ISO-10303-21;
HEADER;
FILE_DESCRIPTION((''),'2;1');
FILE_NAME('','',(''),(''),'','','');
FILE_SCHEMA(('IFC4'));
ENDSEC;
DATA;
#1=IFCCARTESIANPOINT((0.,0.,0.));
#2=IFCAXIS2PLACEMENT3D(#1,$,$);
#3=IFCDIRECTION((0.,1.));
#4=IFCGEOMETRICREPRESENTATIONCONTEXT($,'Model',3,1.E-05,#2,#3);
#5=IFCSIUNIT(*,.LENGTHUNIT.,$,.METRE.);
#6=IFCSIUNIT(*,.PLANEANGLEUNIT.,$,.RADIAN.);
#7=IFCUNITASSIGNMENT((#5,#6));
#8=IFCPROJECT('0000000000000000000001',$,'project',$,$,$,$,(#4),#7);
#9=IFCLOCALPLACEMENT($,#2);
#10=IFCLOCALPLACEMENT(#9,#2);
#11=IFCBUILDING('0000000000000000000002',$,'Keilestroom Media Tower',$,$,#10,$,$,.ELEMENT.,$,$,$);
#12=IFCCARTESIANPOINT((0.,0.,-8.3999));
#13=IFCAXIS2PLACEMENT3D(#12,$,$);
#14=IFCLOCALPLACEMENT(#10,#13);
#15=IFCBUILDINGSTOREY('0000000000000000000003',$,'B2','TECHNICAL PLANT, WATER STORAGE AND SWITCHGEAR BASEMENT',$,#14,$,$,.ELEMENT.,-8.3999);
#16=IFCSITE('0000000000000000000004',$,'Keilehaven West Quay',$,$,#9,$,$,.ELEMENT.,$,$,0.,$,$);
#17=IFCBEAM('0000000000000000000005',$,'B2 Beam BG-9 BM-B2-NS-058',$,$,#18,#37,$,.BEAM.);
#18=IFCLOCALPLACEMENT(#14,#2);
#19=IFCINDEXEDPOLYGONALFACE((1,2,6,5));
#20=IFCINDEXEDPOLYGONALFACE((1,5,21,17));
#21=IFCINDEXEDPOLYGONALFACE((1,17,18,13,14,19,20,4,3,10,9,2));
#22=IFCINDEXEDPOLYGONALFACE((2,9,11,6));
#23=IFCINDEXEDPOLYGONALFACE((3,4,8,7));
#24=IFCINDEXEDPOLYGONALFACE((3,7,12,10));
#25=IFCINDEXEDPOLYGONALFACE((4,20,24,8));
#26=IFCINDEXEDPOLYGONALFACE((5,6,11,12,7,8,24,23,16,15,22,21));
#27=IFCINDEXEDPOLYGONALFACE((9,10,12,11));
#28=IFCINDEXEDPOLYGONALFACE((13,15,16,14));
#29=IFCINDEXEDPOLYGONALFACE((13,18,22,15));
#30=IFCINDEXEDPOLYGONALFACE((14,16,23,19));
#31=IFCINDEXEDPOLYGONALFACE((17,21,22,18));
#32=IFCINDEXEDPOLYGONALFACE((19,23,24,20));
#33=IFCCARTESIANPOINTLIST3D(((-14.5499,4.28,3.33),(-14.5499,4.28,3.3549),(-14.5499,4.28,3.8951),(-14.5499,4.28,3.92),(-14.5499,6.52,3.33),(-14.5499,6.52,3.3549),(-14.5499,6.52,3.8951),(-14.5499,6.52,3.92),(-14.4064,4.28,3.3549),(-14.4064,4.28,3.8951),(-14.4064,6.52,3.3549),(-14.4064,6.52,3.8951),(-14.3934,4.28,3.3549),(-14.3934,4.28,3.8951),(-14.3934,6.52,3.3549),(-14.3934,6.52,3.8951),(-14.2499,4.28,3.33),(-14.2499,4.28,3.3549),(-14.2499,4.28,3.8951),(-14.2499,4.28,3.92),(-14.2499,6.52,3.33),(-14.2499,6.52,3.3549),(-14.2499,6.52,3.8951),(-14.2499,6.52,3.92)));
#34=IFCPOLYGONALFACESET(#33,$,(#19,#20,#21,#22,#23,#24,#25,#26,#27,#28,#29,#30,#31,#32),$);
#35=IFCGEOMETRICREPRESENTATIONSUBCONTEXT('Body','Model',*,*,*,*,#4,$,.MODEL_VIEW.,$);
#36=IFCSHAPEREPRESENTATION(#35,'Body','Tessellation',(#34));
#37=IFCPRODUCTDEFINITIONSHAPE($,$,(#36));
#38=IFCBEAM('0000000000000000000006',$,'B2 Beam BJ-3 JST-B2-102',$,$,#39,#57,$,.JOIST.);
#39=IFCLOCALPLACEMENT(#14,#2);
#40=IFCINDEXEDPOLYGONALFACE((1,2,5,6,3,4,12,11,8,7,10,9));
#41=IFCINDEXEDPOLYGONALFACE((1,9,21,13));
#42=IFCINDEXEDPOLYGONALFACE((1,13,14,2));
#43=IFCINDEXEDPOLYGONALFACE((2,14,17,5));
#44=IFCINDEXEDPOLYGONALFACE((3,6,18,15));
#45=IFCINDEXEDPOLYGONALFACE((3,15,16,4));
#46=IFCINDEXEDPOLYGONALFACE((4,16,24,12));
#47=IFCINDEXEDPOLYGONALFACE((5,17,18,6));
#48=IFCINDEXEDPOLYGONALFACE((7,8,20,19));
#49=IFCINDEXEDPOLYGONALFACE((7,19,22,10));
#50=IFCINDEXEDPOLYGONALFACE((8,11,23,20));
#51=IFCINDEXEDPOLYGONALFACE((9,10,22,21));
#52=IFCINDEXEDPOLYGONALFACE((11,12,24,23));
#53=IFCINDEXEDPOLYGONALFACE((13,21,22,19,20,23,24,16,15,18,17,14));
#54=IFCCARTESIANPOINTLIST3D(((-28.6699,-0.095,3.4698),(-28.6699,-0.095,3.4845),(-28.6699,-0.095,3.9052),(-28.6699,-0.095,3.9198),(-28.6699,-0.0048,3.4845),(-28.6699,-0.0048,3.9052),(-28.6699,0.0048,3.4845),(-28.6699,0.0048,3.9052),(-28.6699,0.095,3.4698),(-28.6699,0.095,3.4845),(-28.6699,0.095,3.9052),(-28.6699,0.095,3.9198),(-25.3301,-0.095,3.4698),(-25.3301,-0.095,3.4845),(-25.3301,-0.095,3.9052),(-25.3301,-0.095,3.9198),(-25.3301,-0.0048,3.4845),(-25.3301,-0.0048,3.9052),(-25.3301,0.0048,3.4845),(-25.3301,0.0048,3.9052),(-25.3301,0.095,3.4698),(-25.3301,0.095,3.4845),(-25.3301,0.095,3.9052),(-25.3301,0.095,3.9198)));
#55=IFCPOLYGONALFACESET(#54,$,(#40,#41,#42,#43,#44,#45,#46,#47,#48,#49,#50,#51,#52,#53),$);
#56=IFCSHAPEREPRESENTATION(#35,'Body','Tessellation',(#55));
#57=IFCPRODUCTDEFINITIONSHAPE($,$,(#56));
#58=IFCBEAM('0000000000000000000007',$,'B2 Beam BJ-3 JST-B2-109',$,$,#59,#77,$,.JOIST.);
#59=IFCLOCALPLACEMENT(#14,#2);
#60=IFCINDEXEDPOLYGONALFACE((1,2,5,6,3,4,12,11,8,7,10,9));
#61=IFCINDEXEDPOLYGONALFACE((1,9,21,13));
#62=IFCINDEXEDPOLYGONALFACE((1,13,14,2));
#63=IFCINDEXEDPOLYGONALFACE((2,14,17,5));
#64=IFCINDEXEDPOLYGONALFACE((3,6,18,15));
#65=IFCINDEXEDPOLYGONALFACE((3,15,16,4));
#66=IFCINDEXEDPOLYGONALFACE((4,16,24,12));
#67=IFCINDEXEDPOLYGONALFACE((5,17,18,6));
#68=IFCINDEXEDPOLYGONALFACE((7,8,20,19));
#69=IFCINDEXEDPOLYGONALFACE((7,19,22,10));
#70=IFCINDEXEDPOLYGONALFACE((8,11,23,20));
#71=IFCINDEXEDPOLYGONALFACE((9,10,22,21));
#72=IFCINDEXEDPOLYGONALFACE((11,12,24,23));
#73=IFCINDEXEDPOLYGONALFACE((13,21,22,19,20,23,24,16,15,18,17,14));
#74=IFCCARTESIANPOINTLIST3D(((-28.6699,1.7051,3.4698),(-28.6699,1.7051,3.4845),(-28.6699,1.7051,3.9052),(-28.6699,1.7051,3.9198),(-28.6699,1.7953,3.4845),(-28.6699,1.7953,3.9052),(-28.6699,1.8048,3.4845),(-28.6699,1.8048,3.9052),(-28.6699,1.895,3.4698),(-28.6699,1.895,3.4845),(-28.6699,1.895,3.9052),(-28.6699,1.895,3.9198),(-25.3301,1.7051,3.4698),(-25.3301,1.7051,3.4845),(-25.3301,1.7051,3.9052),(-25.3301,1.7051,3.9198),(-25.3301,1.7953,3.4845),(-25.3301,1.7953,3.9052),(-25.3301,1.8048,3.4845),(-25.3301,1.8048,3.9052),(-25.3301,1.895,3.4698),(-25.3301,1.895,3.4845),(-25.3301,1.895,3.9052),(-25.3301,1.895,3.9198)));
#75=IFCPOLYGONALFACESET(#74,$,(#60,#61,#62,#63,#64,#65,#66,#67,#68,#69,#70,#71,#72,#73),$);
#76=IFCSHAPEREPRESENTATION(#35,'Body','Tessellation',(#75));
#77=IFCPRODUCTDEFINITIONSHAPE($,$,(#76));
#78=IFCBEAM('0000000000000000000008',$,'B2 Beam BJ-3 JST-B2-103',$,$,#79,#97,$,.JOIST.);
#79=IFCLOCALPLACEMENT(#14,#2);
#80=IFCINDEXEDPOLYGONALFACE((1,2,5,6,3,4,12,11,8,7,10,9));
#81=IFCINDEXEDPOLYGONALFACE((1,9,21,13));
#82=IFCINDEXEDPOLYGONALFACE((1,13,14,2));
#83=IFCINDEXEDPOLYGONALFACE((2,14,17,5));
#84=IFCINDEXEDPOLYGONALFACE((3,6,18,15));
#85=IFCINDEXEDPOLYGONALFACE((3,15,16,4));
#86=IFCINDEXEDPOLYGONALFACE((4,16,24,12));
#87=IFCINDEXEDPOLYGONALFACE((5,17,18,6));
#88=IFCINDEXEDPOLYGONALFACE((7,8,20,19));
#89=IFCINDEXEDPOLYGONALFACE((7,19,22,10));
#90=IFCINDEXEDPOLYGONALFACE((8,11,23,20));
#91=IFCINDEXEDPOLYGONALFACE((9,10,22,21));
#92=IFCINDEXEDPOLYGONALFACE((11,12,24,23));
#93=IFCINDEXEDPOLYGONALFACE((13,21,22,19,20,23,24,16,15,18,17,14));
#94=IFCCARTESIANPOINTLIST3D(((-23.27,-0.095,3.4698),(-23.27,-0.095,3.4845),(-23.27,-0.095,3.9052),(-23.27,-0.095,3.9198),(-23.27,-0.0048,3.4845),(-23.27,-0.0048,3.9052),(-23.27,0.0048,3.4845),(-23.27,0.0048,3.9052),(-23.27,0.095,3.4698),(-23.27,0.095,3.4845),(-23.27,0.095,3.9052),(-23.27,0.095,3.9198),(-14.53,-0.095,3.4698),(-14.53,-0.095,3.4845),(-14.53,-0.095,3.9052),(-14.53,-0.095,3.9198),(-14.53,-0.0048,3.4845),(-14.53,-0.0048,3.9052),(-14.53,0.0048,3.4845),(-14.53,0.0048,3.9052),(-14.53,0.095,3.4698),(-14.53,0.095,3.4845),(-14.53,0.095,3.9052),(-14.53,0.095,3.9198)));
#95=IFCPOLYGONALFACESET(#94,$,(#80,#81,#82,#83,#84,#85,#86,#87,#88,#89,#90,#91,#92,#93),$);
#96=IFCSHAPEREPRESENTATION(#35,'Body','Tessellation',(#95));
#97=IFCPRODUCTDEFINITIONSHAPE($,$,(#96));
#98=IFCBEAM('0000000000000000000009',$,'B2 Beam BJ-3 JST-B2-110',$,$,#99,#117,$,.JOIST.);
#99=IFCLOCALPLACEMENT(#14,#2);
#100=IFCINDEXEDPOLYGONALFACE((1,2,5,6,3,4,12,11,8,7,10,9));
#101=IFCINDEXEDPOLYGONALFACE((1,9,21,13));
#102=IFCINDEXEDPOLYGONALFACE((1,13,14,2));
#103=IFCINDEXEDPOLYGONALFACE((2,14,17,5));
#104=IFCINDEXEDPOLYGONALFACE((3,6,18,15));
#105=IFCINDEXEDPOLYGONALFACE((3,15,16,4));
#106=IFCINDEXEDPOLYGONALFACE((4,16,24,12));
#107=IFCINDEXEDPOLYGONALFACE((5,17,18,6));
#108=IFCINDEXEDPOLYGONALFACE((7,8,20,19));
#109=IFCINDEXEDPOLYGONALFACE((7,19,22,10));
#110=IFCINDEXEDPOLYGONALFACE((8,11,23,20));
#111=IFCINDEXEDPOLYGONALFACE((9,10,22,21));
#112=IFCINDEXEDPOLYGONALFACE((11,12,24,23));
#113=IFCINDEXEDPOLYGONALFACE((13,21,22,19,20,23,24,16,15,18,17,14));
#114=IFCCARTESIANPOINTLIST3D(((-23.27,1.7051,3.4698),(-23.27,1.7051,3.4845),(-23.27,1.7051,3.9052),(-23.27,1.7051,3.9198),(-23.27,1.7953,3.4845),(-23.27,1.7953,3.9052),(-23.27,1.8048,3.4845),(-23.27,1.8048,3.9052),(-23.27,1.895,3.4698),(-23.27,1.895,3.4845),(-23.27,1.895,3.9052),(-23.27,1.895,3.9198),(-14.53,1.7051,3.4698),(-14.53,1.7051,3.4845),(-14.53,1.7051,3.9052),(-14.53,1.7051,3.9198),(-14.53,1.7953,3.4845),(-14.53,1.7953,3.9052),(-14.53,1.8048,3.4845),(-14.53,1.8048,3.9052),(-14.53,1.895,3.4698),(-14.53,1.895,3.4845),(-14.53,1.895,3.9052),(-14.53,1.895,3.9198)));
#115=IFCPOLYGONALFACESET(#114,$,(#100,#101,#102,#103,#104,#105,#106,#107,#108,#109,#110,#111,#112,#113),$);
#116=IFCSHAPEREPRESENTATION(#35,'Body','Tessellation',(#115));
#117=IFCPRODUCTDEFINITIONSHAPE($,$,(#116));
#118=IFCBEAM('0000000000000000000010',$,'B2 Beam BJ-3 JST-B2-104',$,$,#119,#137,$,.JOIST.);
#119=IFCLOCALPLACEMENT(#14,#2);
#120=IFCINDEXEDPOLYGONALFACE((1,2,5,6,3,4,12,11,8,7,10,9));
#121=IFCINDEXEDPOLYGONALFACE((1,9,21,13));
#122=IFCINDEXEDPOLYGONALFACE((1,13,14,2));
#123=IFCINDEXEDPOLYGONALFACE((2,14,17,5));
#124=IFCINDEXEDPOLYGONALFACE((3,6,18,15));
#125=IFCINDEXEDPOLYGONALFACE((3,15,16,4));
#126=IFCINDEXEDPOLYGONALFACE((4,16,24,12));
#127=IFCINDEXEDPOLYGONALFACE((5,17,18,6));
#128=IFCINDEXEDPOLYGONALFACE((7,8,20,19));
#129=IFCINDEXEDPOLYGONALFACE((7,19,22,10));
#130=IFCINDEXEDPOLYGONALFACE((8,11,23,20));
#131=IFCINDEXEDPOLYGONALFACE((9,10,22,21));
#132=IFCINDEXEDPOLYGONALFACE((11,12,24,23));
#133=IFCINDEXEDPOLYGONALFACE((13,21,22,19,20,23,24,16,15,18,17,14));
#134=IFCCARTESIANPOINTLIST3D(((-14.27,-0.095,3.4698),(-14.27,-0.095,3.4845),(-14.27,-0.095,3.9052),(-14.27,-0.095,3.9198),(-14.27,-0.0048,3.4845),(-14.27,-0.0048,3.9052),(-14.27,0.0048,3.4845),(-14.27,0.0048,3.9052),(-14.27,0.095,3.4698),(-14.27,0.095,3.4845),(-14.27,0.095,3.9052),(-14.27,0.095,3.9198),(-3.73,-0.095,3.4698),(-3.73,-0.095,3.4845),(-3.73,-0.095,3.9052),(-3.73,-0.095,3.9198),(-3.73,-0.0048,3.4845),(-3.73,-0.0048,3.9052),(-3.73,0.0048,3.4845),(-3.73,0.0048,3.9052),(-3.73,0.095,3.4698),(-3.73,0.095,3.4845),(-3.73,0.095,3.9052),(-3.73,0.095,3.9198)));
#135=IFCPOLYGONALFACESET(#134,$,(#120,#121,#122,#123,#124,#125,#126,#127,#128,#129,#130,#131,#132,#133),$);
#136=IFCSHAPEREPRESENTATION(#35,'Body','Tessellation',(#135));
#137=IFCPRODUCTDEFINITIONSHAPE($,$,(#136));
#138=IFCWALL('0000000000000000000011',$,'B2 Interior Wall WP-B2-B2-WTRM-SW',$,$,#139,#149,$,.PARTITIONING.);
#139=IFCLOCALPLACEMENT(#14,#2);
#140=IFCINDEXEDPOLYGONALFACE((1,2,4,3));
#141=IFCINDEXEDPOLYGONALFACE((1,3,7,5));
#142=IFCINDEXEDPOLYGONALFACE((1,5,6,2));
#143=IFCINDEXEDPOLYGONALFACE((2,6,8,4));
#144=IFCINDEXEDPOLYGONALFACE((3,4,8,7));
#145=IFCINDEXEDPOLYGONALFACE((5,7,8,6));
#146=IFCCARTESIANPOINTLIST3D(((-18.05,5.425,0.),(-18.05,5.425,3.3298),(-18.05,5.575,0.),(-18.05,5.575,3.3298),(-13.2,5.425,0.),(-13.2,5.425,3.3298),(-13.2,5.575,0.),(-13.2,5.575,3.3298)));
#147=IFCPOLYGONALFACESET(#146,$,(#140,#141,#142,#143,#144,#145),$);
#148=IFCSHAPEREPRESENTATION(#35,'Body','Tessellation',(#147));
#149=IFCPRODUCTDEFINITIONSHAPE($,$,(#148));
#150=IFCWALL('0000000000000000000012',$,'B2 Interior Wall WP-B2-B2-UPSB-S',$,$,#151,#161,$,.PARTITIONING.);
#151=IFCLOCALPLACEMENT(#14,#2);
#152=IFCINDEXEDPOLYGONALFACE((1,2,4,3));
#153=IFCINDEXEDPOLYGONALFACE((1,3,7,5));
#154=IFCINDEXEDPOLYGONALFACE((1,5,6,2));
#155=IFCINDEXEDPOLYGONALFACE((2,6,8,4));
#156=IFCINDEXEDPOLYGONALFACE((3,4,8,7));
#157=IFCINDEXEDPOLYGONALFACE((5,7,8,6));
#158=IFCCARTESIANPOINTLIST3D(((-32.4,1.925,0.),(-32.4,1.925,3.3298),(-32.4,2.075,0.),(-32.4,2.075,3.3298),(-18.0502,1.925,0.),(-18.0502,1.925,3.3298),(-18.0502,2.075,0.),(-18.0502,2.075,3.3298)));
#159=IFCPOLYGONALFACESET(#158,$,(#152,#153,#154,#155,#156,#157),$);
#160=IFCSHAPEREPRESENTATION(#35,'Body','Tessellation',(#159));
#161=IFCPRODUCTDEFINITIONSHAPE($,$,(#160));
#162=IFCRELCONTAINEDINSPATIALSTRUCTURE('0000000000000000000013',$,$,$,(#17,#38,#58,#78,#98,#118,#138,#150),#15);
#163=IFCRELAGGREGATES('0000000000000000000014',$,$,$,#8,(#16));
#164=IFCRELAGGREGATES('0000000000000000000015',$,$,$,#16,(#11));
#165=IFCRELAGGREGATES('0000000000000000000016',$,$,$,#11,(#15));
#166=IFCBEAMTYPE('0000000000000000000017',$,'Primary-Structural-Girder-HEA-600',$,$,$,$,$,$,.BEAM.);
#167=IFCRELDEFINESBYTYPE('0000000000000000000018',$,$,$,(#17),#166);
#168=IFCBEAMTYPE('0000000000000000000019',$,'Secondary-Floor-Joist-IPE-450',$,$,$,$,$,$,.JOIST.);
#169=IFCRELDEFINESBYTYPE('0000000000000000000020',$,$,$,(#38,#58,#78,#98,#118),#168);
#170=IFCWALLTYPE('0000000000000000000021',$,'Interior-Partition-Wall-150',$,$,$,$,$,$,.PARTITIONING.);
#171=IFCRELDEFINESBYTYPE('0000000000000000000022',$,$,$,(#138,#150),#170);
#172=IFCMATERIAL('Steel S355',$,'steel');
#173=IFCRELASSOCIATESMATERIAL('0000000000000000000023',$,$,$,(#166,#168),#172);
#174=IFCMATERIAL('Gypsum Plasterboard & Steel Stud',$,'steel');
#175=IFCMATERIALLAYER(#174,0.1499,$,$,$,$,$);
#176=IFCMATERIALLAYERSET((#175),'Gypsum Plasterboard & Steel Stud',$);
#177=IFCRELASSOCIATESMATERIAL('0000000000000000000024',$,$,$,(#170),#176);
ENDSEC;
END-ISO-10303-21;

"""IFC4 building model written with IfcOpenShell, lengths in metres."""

from ifc_helpers import new_model, si_unit, direction, frame, frame_2d, origin, origin_2d, place, context, subcontext, project, spatial, rectangle, i_section, extrude, source, transform, mapped, material, layer, layer_set, material_profile, profile_set, type_object, element, save


model = new_model("IFC4")

# Units and contexts
model_context = context("Model", 3, precision=1e-05, world=origin(), true_north=direction((0.0, 1.0)))
body_context = subcontext(model_context, "Body", "Model", "MODEL_VIEW")
ifc_project = project(units=[si_unit("LENGTHUNIT", "METRE"), si_unit("PLANEANGLEUNIT", "RADIAN")], contexts=[model_context])

# Site, building, storey
site_placement = place(None, origin())
site = spatial("IfcSite", under=ifc_project, at=site_placement, Name="Keilehaven West Quay", CompositionType="ELEMENT", RefElevation=0.0)
building_placement = place(site_placement, origin())
building = spatial("IfcBuilding", under=site, at=building_placement, Name="Keilestroom Media Tower", CompositionType="ELEMENT")
storey_placement = place(building_placement, frame((0.0, 0.0, -8.3999)))
storey = spatial("IfcBuildingStorey", under=building, at=storey_placement, Name="B2", Description="TECHNICAL PLANT, WATER STORAGE AND SWITCHGEAR BASEMENT", CompositionType="ELEMENT", Elevation=-8.3999)

# Beams
ifc_material_1 = material(Name="Steel S355", Category="steel")
ifc_material_profile_1 = material_profile(ifc_material_1, i_section(OverallWidth=0.3, OverallDepth=0.5901, WebThickness=0.0129, FlangeThickness=0.0249, at=origin_2d()), Name="HEA 600")
ifc_profile_set_1 = profile_set([ifc_material_profile_1], Name="Steel S355")
beam_type_1 = type_object("IfcBeamType", Name="Primary-Structural-Girder-HEA-600", PredefinedType="BEAM", material=ifc_profile_set_1)
shared_shape_1 = source(origin(), body_context, "Body", "SweptSolid", [
    extrude(i_section(OverallWidth=0.3, OverallDepth=0.5901, WebThickness=0.0129, FlangeThickness=0.0249, at=origin_2d()), origin(), (0.0, 0.0, 1.0), 2.24),
])
beam_1_placement = place(storey_placement, frame((-14.3999, 4.28, 3.625), z_axis=(0.0, 1.0, 0.0), x_axis=(-1.0, 0.0, 0.0)))
element("IfcBeam", 1, at=beam_1_placement, inside=storey, type_object=beam_type_1, Name="B2 Beam BG-9 BM-B2-NS-058", PredefinedType="BEAM", context=body_context, shape_type="MappedRepresentation", body=[
    mapped(shared_shape_1, transform((0.0, 0.0, 0.0), x_axis=(1.0, 0.0, 0.0), y_axis=(0.0, 1.0, 0.0), z_axis=(0.0, 0.0, 1.0), scale=1.0)),
])
ifc_material_profile_2 = material_profile(ifc_material_1, i_section(OverallWidth=0.1899, OverallDepth=0.45, WebThickness=0.0095, FlangeThickness=0.0146, at=origin_2d()), Name="IPE 450")
ifc_profile_set_2 = profile_set([ifc_material_profile_2], Name="Steel S355")
beam_type_2 = type_object("IfcBeamType", Name="Secondary-Floor-Joist-IPE-450", PredefinedType="JOIST", material=ifc_profile_set_2)
shared_shape_2 = source(origin(), body_context, "Body", "SweptSolid", [
    extrude(i_section(OverallWidth=0.1899, OverallDepth=0.45, WebThickness=0.0095, FlangeThickness=0.0146, at=origin_2d()), origin(), (0.0, 0.0, 1.0), 3.3398),
])
for number, where, z_axis, x_axis, name in (
    (2, (-28.6699, 0.0, 3.6948), (1.0, 0.0, 0.0), (0.0, 1.0, 0.0), "B2 Beam BJ-3 JST-B2-102"),
    (3, (-28.6699, 1.8, 3.6948), (1.0, 0.0, 0.0), (0.0, 1.0, 0.0), "B2 Beam BJ-3 JST-B2-109"),
):
    element("IfcBeam", number, at=place(storey_placement, frame(where, z_axis=z_axis, x_axis=x_axis)), inside=storey, type_object=beam_type_2, Name=name, PredefinedType="JOIST", context=body_context, shape_type="MappedRepresentation", body=[
        mapped(shared_shape_2, transform((0.0, 0.0, 0.0), x_axis=(1.0, 0.0, 0.0), y_axis=(0.0, 1.0, 0.0), z_axis=(0.0, 0.0, 1.0), scale=1.0)),
    ])
shared_shape_3 = source(origin(), body_context, "Body", "SweptSolid", [
    extrude(i_section(OverallWidth=0.1899, OverallDepth=0.45, WebThickness=0.0095, FlangeThickness=0.0146, at=origin_2d()), origin(), (0.0, 0.0, 1.0), 8.74),
])
for number, where, z_axis, x_axis, name in (
    (4, (-23.27, 0.0, 3.6948), (1.0, 0.0, 0.0), (0.0, 1.0, 0.0), "B2 Beam BJ-3 JST-B2-103"),
    (5, (-23.27, 1.8, 3.6948), (1.0, 0.0, 0.0), (0.0, 1.0, 0.0), "B2 Beam BJ-3 JST-B2-110"),
):
    element("IfcBeam", number, at=place(storey_placement, frame(where, z_axis=z_axis, x_axis=x_axis)), inside=storey, type_object=beam_type_2, Name=name, PredefinedType="JOIST", context=body_context, shape_type="MappedRepresentation", body=[
        mapped(shared_shape_3, transform((0.0, 0.0, 0.0), x_axis=(1.0, 0.0, 0.0), y_axis=(0.0, 1.0, 0.0), z_axis=(0.0, 0.0, 1.0), scale=1.0)),
    ])
shared_shape_4 = source(origin(), body_context, "Body", "SweptSolid", [
    extrude(i_section(OverallWidth=0.1899, OverallDepth=0.45, WebThickness=0.0095, FlangeThickness=0.0146, at=origin_2d()), origin(), (0.0, 0.0, 1.0), 10.54),
])
beam_2_placement = place(storey_placement, frame((-14.27, 0.0, 3.6948), z_axis=(1.0, 0.0, 0.0), x_axis=(0.0, 1.0, 0.0)))
element("IfcBeam", 6, at=beam_2_placement, inside=storey, type_object=beam_type_2, Name="B2 Beam BJ-3 JST-B2-104", PredefinedType="JOIST", context=body_context, shape_type="MappedRepresentation", body=[
    mapped(shared_shape_4, transform((0.0, 0.0, 0.0), x_axis=(1.0, 0.0, 0.0), y_axis=(0.0, 1.0, 0.0), z_axis=(0.0, 0.0, 1.0), scale=1.0)),
])

# Walls
ifc_material_2 = material(Name="Gypsum Plasterboard & Steel Stud", Category="steel")
ifc_layer_1 = layer(ifc_material_2, 0.1499)
ifc_layer_set_1 = layer_set([ifc_layer_1], Name="Gypsum Plasterboard & Steel Stud")
wall_type_1 = type_object("IfcWallType", Name="Interior-Partition-Wall-150", PredefinedType="PARTITIONING", material=ifc_layer_set_1)
wall_1_placement = place(storey_placement, frame((-18.05, 5.5, 0.0), z_axis=(0.0, 0.0, 1.0), x_axis=(1.0, 0.0, 0.0)))
element("IfcWall", 7, at=wall_1_placement, inside=storey, type_object=wall_type_1, Name="B2 Interior Wall WP-B2-B2-WTRM-SW", PredefinedType="PARTITIONING", context=body_context, shape_type="SweptSolid", body=[
    extrude(rectangle(XDim=4.8501, YDim=0.1499, at=frame_2d((2.425, 0.0))), origin(), (0.0, 0.0, 1.0), 3.3298),
])
wall_2_placement = place(storey_placement, frame((-32.3999, 2.0, 0.0), z_axis=(0.0, 0.0, 1.0), x_axis=(1.0, 0.0, 0.0)))
element("IfcWall", 8, at=wall_2_placement, inside=storey, type_object=wall_type_1, Name="B2 Interior Wall WP-B2-B2-UPSB-S", PredefinedType="PARTITIONING", context=body_context, shape_type="SweptSolid", body=[
    extrude(rectangle(XDim=14.3499, YDim=0.1499, at=frame_2d((7.1748, 0.0))), origin(), (0.0, 0.0, 1.0), 3.3298),
])

save(model, "model.ifc")
